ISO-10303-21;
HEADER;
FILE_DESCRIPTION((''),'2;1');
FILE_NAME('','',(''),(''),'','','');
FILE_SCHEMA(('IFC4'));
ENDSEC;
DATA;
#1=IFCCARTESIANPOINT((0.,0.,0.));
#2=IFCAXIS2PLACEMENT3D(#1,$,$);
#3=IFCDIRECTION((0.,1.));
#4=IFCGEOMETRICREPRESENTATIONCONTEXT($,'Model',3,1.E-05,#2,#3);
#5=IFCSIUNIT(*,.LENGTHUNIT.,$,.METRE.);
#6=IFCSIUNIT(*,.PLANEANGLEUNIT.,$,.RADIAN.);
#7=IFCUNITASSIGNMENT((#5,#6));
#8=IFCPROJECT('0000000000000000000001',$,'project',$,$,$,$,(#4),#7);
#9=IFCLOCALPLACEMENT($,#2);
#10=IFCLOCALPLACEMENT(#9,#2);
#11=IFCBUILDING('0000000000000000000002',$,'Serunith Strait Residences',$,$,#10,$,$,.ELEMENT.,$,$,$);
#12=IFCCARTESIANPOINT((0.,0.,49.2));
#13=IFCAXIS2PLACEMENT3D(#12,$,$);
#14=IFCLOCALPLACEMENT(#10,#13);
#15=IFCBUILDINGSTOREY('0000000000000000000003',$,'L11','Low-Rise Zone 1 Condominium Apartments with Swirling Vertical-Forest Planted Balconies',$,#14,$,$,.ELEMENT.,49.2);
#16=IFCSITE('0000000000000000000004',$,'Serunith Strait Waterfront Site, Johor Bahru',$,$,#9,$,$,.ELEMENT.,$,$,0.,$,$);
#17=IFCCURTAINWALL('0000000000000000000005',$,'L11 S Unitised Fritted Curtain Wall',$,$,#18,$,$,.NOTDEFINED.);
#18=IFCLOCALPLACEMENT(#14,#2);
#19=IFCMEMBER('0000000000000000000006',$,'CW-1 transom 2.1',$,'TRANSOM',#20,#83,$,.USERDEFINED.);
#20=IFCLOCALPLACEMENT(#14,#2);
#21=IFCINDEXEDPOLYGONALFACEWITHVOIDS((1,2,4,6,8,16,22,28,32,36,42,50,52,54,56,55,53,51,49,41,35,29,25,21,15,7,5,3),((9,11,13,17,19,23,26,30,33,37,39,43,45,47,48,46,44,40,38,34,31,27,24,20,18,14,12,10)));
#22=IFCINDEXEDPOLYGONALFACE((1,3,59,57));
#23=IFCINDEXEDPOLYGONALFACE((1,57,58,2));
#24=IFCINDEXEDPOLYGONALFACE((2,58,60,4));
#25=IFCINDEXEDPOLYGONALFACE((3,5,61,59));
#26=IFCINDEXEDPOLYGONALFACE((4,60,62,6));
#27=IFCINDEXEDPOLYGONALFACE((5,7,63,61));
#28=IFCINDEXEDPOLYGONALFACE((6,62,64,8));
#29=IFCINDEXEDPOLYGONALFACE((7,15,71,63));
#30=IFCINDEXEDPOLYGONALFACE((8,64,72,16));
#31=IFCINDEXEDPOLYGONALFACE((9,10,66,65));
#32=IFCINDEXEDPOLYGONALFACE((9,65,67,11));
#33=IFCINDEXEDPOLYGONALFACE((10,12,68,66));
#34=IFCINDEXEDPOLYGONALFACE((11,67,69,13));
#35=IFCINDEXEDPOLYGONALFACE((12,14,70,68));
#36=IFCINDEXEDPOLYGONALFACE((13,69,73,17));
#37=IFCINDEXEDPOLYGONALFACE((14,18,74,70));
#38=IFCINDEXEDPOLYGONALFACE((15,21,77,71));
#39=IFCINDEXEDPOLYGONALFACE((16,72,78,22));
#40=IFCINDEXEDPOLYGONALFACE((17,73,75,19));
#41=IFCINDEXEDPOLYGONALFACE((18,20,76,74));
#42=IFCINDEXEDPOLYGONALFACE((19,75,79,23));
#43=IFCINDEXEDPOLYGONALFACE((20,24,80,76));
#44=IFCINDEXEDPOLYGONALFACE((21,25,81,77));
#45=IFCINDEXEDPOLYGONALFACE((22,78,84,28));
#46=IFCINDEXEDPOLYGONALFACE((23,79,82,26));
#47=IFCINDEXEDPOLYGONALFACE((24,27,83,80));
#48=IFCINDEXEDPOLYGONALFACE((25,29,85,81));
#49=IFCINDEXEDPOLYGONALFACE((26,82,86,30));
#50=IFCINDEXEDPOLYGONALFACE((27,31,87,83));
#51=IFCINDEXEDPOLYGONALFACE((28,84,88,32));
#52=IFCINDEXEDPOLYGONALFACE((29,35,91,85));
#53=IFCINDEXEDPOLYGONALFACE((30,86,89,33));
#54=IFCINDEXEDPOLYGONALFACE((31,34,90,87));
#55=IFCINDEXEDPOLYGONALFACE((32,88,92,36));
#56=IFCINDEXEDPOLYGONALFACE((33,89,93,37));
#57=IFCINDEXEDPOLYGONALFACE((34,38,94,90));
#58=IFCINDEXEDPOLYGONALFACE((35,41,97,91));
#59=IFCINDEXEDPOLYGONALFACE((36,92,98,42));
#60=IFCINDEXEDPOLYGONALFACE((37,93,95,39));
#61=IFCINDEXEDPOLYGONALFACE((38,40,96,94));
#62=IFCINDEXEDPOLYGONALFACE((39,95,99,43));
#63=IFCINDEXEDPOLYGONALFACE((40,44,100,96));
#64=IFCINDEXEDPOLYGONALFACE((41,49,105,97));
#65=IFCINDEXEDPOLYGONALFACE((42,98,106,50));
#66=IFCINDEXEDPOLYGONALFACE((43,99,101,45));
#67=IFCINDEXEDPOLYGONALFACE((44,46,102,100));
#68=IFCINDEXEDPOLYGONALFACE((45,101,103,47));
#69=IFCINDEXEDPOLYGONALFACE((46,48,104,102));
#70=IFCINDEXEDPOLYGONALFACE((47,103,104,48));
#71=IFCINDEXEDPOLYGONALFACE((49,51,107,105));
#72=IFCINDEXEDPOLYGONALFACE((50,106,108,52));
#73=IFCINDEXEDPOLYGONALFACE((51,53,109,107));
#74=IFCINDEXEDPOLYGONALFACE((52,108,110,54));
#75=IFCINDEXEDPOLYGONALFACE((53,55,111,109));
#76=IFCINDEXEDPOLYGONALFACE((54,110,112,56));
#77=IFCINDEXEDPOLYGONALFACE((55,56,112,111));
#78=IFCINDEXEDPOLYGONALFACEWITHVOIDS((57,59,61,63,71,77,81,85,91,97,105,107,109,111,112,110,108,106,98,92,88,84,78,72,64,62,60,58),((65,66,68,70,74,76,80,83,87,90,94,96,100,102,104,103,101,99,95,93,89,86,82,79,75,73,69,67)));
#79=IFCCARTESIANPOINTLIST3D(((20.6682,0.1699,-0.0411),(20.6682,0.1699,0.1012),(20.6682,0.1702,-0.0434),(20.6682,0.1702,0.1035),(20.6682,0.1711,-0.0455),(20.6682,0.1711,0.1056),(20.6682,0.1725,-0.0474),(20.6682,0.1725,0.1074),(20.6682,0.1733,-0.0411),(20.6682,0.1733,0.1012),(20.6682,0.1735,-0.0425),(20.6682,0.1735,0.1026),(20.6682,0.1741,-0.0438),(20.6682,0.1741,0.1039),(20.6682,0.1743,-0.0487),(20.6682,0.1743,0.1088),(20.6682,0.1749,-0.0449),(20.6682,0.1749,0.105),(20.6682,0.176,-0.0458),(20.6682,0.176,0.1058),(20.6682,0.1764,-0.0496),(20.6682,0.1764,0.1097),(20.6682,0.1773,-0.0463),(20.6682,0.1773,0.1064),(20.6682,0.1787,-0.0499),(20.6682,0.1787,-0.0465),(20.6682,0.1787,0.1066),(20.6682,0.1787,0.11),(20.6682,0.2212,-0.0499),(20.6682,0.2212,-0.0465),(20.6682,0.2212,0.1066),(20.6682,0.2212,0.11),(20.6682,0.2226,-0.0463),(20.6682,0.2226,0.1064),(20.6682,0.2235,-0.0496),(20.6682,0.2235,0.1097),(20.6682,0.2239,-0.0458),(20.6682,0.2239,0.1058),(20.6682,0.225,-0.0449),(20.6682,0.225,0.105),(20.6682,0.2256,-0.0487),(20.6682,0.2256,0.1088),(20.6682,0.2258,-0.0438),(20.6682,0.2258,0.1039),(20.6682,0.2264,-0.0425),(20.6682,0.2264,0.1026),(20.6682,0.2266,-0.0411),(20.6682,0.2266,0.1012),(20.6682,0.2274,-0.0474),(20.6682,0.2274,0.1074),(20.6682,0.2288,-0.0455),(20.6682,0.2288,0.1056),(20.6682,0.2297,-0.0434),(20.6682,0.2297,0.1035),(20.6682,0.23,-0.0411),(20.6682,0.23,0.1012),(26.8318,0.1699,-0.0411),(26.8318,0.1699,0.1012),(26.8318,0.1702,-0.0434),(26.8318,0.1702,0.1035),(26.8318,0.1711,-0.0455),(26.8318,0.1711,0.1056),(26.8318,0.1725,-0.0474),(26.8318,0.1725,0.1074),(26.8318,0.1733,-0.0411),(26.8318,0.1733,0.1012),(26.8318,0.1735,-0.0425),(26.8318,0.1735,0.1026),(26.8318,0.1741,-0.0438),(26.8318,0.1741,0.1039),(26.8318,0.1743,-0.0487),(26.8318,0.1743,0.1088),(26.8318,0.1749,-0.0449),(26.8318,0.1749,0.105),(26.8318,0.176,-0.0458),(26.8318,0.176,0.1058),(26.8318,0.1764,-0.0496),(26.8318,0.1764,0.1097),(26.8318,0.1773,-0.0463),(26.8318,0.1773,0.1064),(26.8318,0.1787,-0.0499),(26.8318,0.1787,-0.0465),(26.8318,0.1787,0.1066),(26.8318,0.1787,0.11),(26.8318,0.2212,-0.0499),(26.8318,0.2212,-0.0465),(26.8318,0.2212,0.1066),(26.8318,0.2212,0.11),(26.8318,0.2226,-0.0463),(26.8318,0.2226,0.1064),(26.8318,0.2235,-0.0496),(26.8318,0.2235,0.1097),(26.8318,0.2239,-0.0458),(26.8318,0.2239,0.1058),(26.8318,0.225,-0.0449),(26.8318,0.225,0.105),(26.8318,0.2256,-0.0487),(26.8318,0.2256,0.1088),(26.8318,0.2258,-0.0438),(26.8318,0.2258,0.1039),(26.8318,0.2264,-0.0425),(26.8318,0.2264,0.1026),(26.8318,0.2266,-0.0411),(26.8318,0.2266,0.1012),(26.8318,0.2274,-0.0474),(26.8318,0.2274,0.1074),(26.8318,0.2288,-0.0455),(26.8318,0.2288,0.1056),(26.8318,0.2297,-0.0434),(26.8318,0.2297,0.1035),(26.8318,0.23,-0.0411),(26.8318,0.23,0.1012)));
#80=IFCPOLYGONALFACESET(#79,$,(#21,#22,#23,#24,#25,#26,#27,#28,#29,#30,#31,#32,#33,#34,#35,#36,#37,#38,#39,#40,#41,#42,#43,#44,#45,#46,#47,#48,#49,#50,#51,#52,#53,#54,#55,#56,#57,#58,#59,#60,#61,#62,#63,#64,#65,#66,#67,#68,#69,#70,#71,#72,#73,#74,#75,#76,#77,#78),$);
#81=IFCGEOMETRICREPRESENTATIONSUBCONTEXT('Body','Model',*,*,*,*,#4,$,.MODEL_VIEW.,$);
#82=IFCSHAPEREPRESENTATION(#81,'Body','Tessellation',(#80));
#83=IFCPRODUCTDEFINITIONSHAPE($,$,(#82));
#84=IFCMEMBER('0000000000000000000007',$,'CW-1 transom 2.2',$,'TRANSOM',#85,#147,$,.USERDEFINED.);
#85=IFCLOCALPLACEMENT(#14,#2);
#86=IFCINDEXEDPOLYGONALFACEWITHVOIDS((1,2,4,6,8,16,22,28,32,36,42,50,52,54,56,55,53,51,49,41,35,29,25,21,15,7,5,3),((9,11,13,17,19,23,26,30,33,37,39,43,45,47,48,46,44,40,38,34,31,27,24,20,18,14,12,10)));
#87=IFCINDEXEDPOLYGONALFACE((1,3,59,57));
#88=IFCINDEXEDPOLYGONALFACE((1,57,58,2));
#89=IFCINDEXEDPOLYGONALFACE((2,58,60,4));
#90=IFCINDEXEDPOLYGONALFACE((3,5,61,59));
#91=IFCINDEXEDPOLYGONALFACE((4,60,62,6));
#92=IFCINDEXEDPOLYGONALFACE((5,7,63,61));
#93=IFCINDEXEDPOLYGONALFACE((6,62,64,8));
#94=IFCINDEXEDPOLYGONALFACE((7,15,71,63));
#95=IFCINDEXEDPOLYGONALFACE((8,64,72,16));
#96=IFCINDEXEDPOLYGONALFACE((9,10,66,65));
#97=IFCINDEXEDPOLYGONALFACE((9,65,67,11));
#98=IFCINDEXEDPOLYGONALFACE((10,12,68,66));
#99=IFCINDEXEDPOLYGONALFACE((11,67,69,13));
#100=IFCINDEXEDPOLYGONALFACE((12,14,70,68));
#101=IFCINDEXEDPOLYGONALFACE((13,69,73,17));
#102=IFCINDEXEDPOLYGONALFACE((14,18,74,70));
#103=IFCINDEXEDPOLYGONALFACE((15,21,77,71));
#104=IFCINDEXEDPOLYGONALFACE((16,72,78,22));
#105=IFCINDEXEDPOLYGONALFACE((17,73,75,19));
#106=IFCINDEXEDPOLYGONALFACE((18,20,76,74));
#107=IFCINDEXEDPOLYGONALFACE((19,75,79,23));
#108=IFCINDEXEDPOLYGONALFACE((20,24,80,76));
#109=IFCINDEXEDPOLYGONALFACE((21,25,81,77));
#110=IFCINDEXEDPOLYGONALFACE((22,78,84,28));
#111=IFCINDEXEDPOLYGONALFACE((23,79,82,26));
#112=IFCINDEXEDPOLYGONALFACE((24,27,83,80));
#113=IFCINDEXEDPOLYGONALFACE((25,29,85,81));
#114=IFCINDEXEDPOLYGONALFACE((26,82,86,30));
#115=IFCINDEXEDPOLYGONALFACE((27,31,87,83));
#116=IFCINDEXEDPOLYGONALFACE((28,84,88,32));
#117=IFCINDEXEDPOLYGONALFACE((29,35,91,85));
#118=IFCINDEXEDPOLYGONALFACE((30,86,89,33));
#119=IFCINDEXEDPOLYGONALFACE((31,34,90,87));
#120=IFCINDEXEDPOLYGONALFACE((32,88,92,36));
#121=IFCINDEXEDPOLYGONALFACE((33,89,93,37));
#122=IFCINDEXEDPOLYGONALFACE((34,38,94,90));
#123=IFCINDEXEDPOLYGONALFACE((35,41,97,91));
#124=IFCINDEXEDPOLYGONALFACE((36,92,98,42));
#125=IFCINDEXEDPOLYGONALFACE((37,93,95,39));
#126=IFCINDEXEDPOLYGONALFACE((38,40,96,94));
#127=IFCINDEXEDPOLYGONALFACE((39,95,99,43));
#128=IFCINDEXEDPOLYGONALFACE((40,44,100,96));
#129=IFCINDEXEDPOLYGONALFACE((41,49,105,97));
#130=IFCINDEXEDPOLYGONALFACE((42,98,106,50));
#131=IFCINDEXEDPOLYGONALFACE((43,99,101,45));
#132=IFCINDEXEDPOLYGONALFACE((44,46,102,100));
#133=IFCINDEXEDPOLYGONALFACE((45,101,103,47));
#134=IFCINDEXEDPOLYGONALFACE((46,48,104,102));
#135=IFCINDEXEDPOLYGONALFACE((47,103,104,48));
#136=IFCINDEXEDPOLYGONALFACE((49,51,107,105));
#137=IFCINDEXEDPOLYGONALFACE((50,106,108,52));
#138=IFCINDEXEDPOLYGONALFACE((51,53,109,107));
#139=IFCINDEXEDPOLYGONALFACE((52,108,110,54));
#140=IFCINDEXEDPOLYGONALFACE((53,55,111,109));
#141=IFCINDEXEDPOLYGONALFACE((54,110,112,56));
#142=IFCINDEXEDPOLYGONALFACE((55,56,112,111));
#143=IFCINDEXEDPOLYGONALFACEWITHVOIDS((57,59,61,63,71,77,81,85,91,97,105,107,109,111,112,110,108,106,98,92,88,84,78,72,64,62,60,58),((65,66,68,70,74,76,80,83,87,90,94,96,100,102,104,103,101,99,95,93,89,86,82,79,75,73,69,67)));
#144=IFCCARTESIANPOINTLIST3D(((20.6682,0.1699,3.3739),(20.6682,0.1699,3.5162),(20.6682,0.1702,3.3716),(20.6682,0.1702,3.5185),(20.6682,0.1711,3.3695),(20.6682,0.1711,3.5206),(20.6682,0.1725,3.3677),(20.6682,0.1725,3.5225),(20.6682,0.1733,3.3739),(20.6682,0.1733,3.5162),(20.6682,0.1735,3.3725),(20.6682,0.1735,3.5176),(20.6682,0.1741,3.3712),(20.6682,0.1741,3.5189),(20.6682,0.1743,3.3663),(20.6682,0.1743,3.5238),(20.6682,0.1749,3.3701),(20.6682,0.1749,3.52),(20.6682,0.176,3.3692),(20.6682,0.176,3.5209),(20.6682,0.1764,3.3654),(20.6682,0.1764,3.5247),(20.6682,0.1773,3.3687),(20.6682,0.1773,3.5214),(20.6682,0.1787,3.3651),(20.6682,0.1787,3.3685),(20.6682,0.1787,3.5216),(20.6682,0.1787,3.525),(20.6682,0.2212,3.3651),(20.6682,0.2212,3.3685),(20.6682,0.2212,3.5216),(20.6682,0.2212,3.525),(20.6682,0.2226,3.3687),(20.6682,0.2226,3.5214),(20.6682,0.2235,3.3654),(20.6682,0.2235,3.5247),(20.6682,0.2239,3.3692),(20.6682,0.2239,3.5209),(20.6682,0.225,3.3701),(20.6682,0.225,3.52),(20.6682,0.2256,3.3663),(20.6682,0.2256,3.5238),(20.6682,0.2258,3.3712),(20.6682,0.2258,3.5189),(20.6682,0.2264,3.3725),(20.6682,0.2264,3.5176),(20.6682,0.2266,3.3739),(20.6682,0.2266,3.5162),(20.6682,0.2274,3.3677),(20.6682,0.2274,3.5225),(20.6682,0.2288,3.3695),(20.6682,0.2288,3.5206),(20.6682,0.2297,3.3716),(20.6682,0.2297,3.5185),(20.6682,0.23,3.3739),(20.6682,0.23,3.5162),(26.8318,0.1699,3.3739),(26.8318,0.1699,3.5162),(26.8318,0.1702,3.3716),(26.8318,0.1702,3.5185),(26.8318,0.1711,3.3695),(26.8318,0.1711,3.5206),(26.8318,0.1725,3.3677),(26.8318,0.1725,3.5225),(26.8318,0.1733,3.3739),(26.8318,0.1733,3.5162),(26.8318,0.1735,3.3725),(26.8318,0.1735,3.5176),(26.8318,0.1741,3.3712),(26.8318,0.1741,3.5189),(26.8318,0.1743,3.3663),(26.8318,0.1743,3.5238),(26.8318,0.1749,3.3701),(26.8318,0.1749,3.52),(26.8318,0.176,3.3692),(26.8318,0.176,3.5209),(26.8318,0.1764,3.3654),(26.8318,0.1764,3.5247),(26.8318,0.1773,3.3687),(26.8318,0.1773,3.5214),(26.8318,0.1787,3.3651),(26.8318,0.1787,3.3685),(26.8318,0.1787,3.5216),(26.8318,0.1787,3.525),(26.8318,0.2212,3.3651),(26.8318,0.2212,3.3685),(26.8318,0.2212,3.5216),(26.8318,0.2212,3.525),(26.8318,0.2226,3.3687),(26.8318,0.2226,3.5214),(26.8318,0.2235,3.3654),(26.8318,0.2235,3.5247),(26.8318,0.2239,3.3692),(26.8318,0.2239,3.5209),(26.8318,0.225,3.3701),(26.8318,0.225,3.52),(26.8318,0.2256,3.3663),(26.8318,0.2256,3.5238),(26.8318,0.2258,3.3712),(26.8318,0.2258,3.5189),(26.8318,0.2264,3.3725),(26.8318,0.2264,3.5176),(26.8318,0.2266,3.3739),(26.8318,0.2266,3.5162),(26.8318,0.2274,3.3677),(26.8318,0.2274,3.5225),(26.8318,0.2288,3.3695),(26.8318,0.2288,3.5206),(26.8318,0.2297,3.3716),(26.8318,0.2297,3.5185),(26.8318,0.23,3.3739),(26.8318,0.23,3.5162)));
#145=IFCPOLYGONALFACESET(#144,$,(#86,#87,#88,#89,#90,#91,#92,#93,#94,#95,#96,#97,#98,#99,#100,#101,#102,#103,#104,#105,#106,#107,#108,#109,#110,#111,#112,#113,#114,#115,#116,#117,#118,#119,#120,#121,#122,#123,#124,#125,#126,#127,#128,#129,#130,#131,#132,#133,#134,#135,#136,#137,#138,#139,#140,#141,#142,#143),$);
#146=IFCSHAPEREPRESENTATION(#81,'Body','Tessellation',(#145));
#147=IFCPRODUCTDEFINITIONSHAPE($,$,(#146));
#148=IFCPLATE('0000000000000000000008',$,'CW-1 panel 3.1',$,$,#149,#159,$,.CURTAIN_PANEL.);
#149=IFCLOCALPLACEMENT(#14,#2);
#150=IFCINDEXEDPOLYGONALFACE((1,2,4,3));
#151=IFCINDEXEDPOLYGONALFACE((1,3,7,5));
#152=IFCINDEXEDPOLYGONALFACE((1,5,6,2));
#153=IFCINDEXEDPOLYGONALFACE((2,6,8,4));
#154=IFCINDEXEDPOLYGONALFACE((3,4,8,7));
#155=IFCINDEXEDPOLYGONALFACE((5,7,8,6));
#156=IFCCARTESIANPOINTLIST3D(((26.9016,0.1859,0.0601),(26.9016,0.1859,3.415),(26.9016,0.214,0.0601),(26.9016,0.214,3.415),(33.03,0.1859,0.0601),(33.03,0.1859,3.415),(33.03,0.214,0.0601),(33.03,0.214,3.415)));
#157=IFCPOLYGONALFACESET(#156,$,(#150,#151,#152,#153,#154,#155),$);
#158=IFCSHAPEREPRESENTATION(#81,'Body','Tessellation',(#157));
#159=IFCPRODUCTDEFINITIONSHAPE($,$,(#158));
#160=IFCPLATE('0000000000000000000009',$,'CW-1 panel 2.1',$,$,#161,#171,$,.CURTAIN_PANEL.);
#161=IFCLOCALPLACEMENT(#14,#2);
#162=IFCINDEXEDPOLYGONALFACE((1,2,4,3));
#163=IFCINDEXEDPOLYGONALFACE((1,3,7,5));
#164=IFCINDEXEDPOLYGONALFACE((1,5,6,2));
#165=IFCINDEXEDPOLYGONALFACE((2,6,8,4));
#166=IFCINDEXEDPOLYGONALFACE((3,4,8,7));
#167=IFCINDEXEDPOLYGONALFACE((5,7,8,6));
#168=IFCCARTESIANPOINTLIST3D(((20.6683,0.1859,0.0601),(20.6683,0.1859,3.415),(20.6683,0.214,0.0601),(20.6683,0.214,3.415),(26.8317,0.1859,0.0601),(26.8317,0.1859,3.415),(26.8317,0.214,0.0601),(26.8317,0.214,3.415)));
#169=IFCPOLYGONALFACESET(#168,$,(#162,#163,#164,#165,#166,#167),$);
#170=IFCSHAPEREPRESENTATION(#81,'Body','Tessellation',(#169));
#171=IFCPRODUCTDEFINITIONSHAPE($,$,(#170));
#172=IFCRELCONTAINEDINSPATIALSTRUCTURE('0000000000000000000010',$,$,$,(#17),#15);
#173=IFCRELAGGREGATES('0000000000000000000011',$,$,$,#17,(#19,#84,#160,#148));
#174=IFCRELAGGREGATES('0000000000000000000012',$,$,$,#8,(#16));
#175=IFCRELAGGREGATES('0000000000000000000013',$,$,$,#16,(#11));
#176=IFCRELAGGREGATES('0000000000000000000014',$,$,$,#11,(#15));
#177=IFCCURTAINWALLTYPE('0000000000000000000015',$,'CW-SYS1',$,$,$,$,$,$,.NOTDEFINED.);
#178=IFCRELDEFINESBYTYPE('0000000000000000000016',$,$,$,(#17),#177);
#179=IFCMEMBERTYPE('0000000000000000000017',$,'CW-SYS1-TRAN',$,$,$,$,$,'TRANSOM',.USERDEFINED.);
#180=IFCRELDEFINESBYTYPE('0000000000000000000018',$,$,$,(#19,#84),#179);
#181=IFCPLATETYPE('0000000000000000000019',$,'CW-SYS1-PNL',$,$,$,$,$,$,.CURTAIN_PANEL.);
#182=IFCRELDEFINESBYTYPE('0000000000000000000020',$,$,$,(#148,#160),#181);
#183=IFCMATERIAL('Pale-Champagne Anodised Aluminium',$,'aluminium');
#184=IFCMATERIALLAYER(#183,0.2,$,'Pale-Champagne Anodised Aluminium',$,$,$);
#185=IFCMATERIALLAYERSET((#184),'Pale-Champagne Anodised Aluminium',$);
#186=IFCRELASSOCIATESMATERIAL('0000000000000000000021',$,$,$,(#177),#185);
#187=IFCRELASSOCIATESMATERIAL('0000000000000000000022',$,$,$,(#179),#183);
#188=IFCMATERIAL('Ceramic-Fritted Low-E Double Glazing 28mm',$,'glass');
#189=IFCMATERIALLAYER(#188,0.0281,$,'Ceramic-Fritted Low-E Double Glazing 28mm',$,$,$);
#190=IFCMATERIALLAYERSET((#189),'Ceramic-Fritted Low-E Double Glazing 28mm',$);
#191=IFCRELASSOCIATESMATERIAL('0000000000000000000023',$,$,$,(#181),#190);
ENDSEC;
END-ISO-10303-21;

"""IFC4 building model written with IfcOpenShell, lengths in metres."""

from ifc_helpers import new_model, si_unit, direction, frame, origin, origin_2d, place, context, subcontext, project, spatial, rectangle, hollow_rectangle, extrude, source, transform, mapped, material, layer, layer_set, material_profile, profile_set, type_object, element, aggregate, save


model = new_model("IFC4")

# Units and contexts
model_context = context("Model", 3, precision=1e-05, world=origin(), true_north=direction((0.0, 1.0)))
body_context = subcontext(model_context, "Body", "Model", "MODEL_VIEW")
ifc_project = project(units=[si_unit("LENGTHUNIT", "METRE"), si_unit("PLANEANGLEUNIT", "RADIAN")], contexts=[model_context])

# Site, building, storey
site_placement = place(None, origin())
site = spatial("IfcSite", under=ifc_project, at=site_placement, Name="Serunith Strait Waterfront Site, Johor Bahru", CompositionType="ELEMENT", RefElevation=0.0)
building_placement = place(site_placement, origin())
building = spatial("IfcBuilding", under=site, at=building_placement, Name="Serunith Strait Residences", CompositionType="ELEMENT")
storey_placement = place(building_placement, frame((0.0, 0.0, 49.2)))
storey = spatial("IfcBuildingStorey", under=building, at=storey_placement, Name="L11", Description="Low-Rise Zone 1 Condominium Apartments with Swirling Vertical-Forest Planted Balconies", CompositionType="ELEMENT", Elevation=49.2)

# Curtain wall, members, plates
ifc_material_1 = material(Name="Pale-Champagne Anodised Aluminium", Category="aluminium")
ifc_layer_1 = layer(ifc_material_1, 0.2, Name="Pale-Champagne Anodised Aluminium")
ifc_layer_set_1 = layer_set([ifc_layer_1], Name="Pale-Champagne Anodised Aluminium")
curtain_wall_type = type_object("IfcCurtainWallType", Name="CW-SYS1", PredefinedType="NOTDEFINED", material=ifc_layer_set_1)
curtain_wall_placement = place(storey_placement, origin())
curtain_wall = element("IfcCurtainWall", 1, at=curtain_wall_placement, inside=storey, type_object=curtain_wall_type, Name="L11 S Unitised Fritted Curtain Wall", PredefinedType="NOTDEFINED")
ifc_material_profile_1 = material_profile(ifc_material_1, hollow_rectangle(XDim=0.0601, YDim=0.1599, WallThickness=0.0034, InnerFilletRadius=0.0054, OuterFilletRadius=0.0088, at=origin_2d()), Name="ALU 160x60x3.5")
ifc_profile_set_1 = profile_set([ifc_material_profile_1], Name="Pale-Champagne Anodised Aluminium")
member_type_1 = type_object("IfcMemberType", Name="CW-SYS1-TRAN", ElementType="TRANSOM", PredefinedType="USERDEFINED", material=ifc_profile_set_1)
shared_shape_1 = source(origin(), body_context, "Body", "SweptSolid", [
    extrude(hollow_rectangle(XDim=0.0601, YDim=0.1599, WallThickness=0.0034, InnerFilletRadius=0.0054, OuterFilletRadius=0.0088, at=origin_2d()), origin(), (0.0, 0.0, 1.0), 6.1636),
])
member_1_placement = place(storey_placement, frame((20.6682, 0.2, 0.03), z_axis=(1.0, 0.0, 0.0), x_axis=(0.0, 1.0, 0.0)))
member_1 = element("IfcMember", 2, at=member_1_placement, type_object=member_type_1, Name="CW-1 transom 2.1", ObjectType="TRANSOM", PredefinedType="USERDEFINED", context=body_context, shape_type="MappedRepresentation", body=[
    mapped(shared_shape_1, transform((0.0, 0.0, 0.0), scale=1.0)),
])
member_2_placement = place(storey_placement, frame((20.6682, 0.2, 3.4451), z_axis=(1.0, 0.0, 0.0), x_axis=(0.0, 1.0, 0.0)))
member_2 = element("IfcMember", 3, at=member_2_placement, type_object=member_type_1, Name="CW-1 transom 2.2", ObjectType="TRANSOM", PredefinedType="USERDEFINED", context=body_context, shape_type="MappedRepresentation", body=[
    mapped(shared_shape_1, transform((0.0, 0.0, 0.0), scale=1.0)),
])
ifc_material_2 = material(Name="Ceramic-Fritted Low-E Double Glazing 28mm", Category="glass")
ifc_layer_2 = layer(ifc_material_2, 0.0281, Name="Ceramic-Fritted Low-E Double Glazing 28mm")
ifc_layer_set_2 = layer_set([ifc_layer_2], Name="Ceramic-Fritted Low-E Double Glazing 28mm")
plate_type = type_object("IfcPlateType", Name="CW-SYS1-PNL", PredefinedType="CURTAIN_PANEL", material=ifc_layer_set_2)
shared_shape_2 = source(origin(), body_context, "Body", "SweptSolid", [
    extrude(rectangle(XDim=6.1284, YDim=0.0281, at=origin_2d()), origin(), (0.0, 0.0, 1.0), 3.355),
])
plate_1_placement = place(storey_placement, frame((29.9658, 0.2, 0.0601), z_axis=(0.0, 0.0, 1.0), x_axis=(1.0, 0.0, 0.0)))
plate_1 = element("IfcPlate", 4, at=plate_1_placement, type_object=plate_type, Name="CW-1 panel 3.1", PredefinedType="CURTAIN_PANEL", context=body_context, shape_type="MappedRepresentation", body=[
    mapped(shared_shape_2, transform((0.0, 0.0, 0.0), scale=1.0)),
])
shared_shape_3 = source(origin(), body_context, "Body", "SweptSolid", [
    extrude(rectangle(XDim=6.1633, YDim=0.0281, at=origin_2d()), origin(), (0.0, 0.0, 1.0), 3.355),
])
plate_2_placement = place(storey_placement, frame((23.75, 0.2, 0.0601), z_axis=(0.0, 0.0, 1.0), x_axis=(1.0, 0.0, 0.0)))
plate_2 = element("IfcPlate", 5, at=plate_2_placement, type_object=plate_type, Name="CW-1 panel 2.1", PredefinedType="CURTAIN_PANEL", context=body_context, shape_type="MappedRepresentation", body=[
    mapped(shared_shape_3, transform((0.0, 0.0, 0.0), scale=1.0)),
])
aggregate(curtain_wall, [member_1, member_2, plate_2, plate_1])

save(model, "model.ifc")
